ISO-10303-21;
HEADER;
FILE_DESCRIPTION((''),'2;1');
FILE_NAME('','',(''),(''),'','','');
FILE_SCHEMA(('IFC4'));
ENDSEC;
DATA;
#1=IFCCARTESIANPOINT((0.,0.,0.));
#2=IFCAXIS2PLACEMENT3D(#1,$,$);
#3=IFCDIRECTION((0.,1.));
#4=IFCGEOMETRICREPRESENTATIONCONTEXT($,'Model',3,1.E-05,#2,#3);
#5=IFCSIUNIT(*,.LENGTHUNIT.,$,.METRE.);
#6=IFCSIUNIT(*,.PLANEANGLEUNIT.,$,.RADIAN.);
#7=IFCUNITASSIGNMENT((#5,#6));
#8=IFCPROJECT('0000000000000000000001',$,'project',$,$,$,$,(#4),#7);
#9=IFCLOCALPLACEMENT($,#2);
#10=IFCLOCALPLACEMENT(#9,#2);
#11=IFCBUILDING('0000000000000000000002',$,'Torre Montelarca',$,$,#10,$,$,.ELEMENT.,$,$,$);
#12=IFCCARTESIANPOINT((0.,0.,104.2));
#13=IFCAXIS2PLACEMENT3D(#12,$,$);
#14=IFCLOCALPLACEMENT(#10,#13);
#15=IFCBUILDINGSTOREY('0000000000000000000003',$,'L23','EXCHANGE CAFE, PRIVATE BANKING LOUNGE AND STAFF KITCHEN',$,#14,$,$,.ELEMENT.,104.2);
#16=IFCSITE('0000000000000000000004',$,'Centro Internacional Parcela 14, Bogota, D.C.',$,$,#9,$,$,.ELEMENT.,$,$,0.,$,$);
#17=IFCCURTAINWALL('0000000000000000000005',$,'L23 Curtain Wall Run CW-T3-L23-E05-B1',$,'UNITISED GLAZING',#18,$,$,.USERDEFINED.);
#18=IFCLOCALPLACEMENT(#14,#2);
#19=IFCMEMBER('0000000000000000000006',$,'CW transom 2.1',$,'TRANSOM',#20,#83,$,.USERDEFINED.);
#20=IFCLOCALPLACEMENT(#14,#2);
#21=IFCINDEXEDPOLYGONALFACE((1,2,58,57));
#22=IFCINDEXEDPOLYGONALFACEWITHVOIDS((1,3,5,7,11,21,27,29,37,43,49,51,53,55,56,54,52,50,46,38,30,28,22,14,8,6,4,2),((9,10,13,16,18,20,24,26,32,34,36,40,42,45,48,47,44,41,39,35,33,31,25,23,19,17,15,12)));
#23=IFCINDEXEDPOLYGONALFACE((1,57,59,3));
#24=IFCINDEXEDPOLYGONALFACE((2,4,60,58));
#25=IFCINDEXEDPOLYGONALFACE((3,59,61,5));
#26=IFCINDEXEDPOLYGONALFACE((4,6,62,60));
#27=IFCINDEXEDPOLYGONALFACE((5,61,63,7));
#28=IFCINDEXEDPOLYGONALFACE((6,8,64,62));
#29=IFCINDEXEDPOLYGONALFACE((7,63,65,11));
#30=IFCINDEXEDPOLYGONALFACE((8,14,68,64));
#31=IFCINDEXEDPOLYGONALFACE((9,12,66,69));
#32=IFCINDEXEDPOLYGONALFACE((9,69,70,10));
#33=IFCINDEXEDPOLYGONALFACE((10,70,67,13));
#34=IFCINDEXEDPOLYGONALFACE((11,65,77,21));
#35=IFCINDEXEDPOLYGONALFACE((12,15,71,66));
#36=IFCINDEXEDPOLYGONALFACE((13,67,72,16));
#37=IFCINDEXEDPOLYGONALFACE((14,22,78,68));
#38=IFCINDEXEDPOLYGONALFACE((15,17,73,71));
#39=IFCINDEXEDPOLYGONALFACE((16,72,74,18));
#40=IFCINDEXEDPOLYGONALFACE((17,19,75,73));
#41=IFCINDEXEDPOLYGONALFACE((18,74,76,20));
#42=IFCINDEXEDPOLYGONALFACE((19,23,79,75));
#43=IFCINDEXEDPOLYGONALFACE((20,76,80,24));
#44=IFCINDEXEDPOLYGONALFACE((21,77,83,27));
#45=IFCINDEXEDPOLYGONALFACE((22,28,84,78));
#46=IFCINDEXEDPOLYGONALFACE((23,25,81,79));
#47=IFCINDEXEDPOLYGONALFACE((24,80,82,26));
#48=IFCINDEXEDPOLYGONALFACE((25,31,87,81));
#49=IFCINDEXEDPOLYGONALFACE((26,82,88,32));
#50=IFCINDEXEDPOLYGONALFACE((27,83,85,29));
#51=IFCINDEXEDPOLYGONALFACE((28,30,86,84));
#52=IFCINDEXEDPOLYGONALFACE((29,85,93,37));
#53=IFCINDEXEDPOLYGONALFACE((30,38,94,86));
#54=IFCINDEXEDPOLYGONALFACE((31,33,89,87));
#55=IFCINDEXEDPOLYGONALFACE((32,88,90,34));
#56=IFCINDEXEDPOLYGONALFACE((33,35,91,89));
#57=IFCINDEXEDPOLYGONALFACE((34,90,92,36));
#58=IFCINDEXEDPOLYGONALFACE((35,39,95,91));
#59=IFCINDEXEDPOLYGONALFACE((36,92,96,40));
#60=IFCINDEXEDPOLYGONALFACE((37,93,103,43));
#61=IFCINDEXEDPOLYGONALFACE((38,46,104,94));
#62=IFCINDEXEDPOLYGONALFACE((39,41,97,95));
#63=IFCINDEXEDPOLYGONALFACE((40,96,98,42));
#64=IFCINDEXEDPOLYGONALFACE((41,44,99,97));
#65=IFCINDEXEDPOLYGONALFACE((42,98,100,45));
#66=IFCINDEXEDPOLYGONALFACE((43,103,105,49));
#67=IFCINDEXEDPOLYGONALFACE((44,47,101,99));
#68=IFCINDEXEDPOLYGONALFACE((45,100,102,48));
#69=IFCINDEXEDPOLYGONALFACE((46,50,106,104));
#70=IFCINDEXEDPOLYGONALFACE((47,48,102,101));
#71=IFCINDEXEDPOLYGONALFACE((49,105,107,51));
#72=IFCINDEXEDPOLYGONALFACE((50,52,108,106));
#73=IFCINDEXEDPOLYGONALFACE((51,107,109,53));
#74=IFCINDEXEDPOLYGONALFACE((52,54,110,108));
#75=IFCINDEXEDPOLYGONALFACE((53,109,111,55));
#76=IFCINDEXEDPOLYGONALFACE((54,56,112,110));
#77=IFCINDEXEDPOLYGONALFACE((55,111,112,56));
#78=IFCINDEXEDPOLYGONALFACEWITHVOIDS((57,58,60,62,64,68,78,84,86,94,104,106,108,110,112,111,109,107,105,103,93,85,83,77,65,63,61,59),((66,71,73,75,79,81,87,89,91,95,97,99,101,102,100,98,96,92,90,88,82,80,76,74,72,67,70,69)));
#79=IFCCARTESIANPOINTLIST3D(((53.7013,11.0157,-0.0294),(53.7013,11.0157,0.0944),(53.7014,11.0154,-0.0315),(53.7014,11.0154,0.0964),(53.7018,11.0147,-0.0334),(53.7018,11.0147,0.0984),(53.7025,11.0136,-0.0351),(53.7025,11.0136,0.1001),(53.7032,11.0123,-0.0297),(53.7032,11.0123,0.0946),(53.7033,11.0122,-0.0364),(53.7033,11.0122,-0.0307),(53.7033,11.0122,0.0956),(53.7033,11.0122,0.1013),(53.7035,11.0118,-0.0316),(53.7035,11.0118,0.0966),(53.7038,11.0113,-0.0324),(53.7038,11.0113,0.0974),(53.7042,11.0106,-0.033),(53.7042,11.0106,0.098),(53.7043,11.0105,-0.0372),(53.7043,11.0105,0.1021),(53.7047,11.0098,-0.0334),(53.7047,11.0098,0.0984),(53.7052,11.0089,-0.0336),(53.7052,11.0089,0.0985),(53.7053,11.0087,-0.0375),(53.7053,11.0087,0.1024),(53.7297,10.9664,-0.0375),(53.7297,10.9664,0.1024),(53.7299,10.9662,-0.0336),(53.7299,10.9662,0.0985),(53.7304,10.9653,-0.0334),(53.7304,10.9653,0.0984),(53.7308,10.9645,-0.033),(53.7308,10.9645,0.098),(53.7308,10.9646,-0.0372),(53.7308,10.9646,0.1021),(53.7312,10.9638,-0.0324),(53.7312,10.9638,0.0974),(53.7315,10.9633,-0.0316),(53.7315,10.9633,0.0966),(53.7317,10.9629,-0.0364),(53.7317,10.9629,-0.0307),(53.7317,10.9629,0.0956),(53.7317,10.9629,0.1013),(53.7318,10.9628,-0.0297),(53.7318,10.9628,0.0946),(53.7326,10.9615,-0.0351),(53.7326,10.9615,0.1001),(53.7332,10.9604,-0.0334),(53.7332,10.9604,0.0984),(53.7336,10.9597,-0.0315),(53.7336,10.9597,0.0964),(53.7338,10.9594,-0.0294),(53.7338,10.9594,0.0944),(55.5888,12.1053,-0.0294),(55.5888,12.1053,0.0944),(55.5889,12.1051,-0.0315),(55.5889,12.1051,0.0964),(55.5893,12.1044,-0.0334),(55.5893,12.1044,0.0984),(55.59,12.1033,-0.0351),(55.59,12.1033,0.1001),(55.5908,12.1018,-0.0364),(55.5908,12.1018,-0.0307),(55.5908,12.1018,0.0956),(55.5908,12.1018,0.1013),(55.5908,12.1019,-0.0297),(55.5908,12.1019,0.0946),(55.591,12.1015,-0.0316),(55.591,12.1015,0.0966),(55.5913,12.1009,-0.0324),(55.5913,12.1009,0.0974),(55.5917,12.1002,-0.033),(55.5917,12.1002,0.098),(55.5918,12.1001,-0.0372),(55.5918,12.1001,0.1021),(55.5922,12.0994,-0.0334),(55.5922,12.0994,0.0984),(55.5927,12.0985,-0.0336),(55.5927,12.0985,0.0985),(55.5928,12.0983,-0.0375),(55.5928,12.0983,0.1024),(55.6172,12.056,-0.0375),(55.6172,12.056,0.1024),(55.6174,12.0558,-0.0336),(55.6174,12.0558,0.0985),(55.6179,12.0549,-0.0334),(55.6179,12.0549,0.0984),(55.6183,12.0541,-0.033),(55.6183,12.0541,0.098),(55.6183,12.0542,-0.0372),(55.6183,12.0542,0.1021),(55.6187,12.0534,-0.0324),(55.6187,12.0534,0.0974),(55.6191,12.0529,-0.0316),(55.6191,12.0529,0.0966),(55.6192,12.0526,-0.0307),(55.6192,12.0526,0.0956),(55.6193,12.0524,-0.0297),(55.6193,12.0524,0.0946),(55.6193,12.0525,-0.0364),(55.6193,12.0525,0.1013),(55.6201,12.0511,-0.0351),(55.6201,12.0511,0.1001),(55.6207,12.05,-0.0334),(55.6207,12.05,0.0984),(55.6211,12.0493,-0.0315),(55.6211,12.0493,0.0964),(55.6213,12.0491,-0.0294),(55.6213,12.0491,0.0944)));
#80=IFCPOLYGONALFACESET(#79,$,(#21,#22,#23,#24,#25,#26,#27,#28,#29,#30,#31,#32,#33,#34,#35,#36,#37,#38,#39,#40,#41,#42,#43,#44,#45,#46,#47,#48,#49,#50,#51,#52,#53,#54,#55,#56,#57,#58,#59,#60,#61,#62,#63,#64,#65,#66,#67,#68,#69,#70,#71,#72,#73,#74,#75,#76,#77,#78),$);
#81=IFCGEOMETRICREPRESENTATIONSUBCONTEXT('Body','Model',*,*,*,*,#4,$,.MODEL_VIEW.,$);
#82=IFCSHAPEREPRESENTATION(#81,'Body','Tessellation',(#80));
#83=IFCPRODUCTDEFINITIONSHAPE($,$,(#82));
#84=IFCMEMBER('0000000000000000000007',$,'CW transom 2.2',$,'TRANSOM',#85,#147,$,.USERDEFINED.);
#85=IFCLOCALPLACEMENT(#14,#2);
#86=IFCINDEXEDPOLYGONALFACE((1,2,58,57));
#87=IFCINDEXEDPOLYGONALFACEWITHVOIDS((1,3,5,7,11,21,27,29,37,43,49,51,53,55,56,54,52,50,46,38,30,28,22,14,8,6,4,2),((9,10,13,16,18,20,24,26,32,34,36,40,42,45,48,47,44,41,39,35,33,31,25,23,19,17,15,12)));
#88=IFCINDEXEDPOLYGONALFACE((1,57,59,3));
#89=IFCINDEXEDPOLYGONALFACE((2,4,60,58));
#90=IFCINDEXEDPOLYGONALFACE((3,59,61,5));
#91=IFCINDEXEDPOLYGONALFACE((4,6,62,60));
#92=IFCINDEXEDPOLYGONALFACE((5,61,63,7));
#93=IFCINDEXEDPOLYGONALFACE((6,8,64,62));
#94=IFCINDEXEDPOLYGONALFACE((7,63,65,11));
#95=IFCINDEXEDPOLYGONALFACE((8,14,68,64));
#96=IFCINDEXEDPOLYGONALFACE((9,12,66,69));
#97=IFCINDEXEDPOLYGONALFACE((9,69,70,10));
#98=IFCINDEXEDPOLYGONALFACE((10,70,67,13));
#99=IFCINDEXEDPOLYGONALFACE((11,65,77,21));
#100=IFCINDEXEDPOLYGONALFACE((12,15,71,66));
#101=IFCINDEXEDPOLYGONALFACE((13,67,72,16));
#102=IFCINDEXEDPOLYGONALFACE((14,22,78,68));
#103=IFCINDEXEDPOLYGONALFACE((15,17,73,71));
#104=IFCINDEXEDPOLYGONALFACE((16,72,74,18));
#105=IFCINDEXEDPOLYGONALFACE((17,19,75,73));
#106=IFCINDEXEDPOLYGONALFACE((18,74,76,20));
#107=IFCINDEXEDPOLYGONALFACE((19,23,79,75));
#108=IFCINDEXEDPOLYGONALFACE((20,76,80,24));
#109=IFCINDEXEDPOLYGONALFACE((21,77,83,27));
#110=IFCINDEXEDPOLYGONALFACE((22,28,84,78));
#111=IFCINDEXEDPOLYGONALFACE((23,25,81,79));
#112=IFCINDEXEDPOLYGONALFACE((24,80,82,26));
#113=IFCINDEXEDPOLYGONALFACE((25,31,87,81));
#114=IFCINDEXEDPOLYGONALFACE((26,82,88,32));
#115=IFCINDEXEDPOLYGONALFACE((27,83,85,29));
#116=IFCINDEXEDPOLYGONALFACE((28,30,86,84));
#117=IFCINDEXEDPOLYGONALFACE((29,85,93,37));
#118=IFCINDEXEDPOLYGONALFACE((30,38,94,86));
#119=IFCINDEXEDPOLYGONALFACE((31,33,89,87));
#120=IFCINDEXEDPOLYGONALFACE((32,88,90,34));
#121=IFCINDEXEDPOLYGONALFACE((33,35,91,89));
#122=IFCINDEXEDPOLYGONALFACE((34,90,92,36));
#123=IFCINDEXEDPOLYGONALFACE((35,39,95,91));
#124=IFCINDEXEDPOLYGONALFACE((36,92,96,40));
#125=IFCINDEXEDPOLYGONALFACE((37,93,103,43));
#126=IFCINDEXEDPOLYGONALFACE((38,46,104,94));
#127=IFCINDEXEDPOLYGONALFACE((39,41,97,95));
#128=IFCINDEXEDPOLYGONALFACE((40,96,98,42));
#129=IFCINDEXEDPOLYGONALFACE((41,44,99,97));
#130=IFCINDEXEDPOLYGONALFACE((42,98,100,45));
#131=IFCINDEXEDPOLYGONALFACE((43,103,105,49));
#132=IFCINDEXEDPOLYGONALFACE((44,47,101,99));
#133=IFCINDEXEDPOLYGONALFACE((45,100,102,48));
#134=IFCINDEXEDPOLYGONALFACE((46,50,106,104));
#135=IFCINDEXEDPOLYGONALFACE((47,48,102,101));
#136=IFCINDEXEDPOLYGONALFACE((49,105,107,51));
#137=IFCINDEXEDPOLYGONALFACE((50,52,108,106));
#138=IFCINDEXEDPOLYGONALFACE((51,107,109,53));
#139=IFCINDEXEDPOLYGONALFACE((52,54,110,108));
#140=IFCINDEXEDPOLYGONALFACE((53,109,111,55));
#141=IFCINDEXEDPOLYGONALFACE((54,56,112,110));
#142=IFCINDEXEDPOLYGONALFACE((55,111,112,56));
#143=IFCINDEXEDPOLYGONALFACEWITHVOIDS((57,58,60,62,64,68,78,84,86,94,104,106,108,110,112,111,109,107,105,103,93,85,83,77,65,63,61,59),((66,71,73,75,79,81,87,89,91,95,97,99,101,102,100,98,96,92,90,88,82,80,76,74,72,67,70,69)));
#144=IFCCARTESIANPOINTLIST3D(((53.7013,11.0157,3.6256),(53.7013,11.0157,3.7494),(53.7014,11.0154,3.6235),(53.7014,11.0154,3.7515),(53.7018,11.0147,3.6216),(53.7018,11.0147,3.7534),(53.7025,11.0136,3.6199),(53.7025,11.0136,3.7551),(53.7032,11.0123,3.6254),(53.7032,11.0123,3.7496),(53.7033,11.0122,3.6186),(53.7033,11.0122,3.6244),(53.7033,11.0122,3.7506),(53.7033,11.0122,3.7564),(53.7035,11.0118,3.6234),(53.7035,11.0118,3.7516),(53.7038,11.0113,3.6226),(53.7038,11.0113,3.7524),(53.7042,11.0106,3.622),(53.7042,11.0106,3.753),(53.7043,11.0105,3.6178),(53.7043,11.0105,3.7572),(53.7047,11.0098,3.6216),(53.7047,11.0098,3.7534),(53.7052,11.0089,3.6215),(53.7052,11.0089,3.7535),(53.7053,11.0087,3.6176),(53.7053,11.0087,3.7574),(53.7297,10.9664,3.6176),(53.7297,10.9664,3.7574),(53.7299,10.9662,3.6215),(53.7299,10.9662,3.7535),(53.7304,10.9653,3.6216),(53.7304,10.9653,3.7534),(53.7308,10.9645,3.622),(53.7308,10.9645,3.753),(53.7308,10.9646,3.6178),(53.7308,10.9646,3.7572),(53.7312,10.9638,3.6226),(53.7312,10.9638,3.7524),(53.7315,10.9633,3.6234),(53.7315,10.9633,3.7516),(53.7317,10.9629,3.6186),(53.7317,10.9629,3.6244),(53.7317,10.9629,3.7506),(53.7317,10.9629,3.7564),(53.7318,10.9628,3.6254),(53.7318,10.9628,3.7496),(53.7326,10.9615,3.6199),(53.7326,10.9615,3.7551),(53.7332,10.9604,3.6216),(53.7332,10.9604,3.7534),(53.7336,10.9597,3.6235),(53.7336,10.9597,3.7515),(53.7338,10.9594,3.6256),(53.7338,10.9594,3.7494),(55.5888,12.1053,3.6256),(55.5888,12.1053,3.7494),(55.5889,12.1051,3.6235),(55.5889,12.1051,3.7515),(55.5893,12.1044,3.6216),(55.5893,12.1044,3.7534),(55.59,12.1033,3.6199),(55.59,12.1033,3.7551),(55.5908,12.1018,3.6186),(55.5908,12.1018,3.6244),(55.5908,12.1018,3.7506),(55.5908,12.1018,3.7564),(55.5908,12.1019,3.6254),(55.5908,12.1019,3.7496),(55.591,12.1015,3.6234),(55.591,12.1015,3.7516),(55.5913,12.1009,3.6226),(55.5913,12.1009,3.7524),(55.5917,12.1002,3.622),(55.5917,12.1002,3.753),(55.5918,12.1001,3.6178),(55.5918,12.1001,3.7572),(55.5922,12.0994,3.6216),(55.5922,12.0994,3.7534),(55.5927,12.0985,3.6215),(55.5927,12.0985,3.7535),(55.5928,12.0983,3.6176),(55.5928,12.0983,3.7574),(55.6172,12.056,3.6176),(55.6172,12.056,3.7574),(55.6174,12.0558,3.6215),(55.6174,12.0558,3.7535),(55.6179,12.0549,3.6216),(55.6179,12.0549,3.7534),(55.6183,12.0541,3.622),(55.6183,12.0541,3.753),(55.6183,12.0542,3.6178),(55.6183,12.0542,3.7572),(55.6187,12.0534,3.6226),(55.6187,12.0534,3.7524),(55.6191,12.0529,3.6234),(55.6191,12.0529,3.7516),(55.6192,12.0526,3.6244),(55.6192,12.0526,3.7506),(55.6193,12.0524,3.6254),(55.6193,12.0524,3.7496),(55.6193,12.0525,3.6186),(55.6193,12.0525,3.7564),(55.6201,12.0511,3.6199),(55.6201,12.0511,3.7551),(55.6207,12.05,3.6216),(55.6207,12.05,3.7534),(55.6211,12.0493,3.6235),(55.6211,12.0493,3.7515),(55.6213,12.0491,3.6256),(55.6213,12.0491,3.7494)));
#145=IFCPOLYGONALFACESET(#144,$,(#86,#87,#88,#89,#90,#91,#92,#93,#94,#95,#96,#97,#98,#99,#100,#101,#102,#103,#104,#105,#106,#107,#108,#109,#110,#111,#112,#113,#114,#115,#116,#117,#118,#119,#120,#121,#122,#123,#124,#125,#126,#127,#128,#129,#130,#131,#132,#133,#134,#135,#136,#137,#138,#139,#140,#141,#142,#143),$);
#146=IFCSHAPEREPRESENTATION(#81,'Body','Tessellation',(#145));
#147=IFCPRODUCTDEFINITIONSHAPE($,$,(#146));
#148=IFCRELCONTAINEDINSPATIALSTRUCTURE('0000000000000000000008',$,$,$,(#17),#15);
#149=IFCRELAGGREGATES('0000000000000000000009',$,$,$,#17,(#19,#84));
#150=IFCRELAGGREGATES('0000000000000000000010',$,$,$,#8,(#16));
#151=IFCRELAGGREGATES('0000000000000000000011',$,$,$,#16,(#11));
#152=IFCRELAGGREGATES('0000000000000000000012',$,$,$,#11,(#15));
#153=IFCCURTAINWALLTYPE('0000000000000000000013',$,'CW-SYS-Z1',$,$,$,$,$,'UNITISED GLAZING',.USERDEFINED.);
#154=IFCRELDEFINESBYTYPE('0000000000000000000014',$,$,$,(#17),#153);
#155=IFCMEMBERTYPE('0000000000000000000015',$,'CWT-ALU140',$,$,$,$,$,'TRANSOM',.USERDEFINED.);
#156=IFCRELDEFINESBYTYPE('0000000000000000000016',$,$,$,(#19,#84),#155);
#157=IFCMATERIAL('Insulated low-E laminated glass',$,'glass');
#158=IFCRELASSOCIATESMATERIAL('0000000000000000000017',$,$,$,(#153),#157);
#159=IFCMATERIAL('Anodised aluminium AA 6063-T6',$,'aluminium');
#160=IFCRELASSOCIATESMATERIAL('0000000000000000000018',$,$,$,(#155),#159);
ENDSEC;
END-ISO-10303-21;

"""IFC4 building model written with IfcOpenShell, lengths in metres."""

from ifc_helpers import new_model, si_unit, direction, frame, origin, origin_2d, place, context, subcontext, project, spatial, hollow_rectangle, extrude, source, transform, mapped, material, material_profile, profile_set, type_object, element, aggregate, save


model = new_model("IFC4")

# Units and contexts
model_context = context("Model", 3, precision=1e-05, world=origin(), true_north=direction((0.0, 1.0)))
body_context = subcontext(model_context, "Body", "Model", "MODEL_VIEW")
ifc_project = project(units=[si_unit("LENGTHUNIT", "METRE"), si_unit("PLANEANGLEUNIT", "RADIAN")], contexts=[model_context])

# Site, building, storey
site_placement = place(None, origin())
site = spatial("IfcSite", under=ifc_project, at=site_placement, Name="Centro Internacional Parcela 14, Bogota, D.C.", CompositionType="ELEMENT", RefElevation=0.0)
building_placement = place(site_placement, origin())
building = spatial("IfcBuilding", under=site, at=building_placement, Name="Torre Montelarca", CompositionType="ELEMENT")
storey_placement = place(building_placement, frame((0.0, 0.0, 104.2)))
storey = spatial("IfcBuildingStorey", under=building, at=storey_placement, Name="L23", Description="EXCHANGE CAFE, PRIVATE BANKING LOUNGE AND STAFF KITCHEN", CompositionType="ELEMENT", Elevation=104.2)

# Curtain wall, members
ifc_material_1 = material(Name="Insulated low-E laminated glass", Category="glass")
curtain_wall_type = type_object("IfcCurtainWallType", Name="CW-SYS-Z1", ElementType="UNITISED GLAZING", PredefinedType="USERDEFINED", material=ifc_material_1)
curtain_wall_1_placement = place(storey_placement, origin())
curtain_wall_1 = element("IfcCurtainWall", 1, at=curtain_wall_1_placement, inside=storey, type_object=curtain_wall_type, Name="L23 Curtain Wall Run CW-T3-L23-E05-B1", ObjectType="UNITISED GLAZING", PredefinedType="USERDEFINED")
ifc_material_2 = material(Name="Anodised aluminium AA 6063-T6", Category="aluminium")
ifc_material_profile_1 = material_profile(ifc_material_2, hollow_rectangle(XDim=0.0649, YDim=0.1399, WallThickness=0.0039, InnerFilletRadius=0.0039, OuterFilletRadius=0.0081, at=origin_2d()), Name="ALU65X140X4", Category="aluminium")
ifc_profile_set_1 = profile_set([ifc_material_profile_1], Name="Anodised aluminium AA 6063-T6")
member_type_1 = type_object("IfcMemberType", Name="CWT-ALU140", ElementType="TRANSOM", PredefinedType="USERDEFINED", material=ifc_profile_set_1)
shared_shape_1 = source(origin(), body_context, "Body", "SweptSolid", [
    extrude(hollow_rectangle(XDim=0.0649, YDim=0.1399, WallThickness=0.0039, InnerFilletRadius=0.0039, OuterFilletRadius=0.0081, at=origin_2d()), origin(), (0.0, 0.0, 1.0), 2.1794),
])
member_1_placement = place(storey_placement, frame((53.7175, 10.9875, 0.0325), z_axis=(0.866049, 0.499958, 0.0), x_axis=(-0.499958, 0.866049, 0.0)))
member_1 = element("IfcMember", 2, at=member_1_placement, type_object=member_type_1, Name="CW transom 2.1", ObjectType="TRANSOM", PredefinedType="USERDEFINED", context=body_context, shape_type="MappedRepresentation", body=[
    mapped(shared_shape_1, transform((0.0, 0.0, 0.0), scale=1.0)),
])
member_2_placement = place(storey_placement, frame((53.7175, 10.9875, 3.6875), z_axis=(0.866049, 0.499958, 0.0), x_axis=(-0.499958, 0.866049, 0.0)))
member_2 = element("IfcMember", 3, at=member_2_placement, type_object=member_type_1, Name="CW transom 2.2", ObjectType="TRANSOM", PredefinedType="USERDEFINED", context=body_context, shape_type="MappedRepresentation", body=[
    mapped(shared_shape_1, transform((0.0, 0.0, 0.0), scale=1.0)),
])

aggregate(curtain_wall_1, [member_1, member_2])

save(model, "model.ifc")
